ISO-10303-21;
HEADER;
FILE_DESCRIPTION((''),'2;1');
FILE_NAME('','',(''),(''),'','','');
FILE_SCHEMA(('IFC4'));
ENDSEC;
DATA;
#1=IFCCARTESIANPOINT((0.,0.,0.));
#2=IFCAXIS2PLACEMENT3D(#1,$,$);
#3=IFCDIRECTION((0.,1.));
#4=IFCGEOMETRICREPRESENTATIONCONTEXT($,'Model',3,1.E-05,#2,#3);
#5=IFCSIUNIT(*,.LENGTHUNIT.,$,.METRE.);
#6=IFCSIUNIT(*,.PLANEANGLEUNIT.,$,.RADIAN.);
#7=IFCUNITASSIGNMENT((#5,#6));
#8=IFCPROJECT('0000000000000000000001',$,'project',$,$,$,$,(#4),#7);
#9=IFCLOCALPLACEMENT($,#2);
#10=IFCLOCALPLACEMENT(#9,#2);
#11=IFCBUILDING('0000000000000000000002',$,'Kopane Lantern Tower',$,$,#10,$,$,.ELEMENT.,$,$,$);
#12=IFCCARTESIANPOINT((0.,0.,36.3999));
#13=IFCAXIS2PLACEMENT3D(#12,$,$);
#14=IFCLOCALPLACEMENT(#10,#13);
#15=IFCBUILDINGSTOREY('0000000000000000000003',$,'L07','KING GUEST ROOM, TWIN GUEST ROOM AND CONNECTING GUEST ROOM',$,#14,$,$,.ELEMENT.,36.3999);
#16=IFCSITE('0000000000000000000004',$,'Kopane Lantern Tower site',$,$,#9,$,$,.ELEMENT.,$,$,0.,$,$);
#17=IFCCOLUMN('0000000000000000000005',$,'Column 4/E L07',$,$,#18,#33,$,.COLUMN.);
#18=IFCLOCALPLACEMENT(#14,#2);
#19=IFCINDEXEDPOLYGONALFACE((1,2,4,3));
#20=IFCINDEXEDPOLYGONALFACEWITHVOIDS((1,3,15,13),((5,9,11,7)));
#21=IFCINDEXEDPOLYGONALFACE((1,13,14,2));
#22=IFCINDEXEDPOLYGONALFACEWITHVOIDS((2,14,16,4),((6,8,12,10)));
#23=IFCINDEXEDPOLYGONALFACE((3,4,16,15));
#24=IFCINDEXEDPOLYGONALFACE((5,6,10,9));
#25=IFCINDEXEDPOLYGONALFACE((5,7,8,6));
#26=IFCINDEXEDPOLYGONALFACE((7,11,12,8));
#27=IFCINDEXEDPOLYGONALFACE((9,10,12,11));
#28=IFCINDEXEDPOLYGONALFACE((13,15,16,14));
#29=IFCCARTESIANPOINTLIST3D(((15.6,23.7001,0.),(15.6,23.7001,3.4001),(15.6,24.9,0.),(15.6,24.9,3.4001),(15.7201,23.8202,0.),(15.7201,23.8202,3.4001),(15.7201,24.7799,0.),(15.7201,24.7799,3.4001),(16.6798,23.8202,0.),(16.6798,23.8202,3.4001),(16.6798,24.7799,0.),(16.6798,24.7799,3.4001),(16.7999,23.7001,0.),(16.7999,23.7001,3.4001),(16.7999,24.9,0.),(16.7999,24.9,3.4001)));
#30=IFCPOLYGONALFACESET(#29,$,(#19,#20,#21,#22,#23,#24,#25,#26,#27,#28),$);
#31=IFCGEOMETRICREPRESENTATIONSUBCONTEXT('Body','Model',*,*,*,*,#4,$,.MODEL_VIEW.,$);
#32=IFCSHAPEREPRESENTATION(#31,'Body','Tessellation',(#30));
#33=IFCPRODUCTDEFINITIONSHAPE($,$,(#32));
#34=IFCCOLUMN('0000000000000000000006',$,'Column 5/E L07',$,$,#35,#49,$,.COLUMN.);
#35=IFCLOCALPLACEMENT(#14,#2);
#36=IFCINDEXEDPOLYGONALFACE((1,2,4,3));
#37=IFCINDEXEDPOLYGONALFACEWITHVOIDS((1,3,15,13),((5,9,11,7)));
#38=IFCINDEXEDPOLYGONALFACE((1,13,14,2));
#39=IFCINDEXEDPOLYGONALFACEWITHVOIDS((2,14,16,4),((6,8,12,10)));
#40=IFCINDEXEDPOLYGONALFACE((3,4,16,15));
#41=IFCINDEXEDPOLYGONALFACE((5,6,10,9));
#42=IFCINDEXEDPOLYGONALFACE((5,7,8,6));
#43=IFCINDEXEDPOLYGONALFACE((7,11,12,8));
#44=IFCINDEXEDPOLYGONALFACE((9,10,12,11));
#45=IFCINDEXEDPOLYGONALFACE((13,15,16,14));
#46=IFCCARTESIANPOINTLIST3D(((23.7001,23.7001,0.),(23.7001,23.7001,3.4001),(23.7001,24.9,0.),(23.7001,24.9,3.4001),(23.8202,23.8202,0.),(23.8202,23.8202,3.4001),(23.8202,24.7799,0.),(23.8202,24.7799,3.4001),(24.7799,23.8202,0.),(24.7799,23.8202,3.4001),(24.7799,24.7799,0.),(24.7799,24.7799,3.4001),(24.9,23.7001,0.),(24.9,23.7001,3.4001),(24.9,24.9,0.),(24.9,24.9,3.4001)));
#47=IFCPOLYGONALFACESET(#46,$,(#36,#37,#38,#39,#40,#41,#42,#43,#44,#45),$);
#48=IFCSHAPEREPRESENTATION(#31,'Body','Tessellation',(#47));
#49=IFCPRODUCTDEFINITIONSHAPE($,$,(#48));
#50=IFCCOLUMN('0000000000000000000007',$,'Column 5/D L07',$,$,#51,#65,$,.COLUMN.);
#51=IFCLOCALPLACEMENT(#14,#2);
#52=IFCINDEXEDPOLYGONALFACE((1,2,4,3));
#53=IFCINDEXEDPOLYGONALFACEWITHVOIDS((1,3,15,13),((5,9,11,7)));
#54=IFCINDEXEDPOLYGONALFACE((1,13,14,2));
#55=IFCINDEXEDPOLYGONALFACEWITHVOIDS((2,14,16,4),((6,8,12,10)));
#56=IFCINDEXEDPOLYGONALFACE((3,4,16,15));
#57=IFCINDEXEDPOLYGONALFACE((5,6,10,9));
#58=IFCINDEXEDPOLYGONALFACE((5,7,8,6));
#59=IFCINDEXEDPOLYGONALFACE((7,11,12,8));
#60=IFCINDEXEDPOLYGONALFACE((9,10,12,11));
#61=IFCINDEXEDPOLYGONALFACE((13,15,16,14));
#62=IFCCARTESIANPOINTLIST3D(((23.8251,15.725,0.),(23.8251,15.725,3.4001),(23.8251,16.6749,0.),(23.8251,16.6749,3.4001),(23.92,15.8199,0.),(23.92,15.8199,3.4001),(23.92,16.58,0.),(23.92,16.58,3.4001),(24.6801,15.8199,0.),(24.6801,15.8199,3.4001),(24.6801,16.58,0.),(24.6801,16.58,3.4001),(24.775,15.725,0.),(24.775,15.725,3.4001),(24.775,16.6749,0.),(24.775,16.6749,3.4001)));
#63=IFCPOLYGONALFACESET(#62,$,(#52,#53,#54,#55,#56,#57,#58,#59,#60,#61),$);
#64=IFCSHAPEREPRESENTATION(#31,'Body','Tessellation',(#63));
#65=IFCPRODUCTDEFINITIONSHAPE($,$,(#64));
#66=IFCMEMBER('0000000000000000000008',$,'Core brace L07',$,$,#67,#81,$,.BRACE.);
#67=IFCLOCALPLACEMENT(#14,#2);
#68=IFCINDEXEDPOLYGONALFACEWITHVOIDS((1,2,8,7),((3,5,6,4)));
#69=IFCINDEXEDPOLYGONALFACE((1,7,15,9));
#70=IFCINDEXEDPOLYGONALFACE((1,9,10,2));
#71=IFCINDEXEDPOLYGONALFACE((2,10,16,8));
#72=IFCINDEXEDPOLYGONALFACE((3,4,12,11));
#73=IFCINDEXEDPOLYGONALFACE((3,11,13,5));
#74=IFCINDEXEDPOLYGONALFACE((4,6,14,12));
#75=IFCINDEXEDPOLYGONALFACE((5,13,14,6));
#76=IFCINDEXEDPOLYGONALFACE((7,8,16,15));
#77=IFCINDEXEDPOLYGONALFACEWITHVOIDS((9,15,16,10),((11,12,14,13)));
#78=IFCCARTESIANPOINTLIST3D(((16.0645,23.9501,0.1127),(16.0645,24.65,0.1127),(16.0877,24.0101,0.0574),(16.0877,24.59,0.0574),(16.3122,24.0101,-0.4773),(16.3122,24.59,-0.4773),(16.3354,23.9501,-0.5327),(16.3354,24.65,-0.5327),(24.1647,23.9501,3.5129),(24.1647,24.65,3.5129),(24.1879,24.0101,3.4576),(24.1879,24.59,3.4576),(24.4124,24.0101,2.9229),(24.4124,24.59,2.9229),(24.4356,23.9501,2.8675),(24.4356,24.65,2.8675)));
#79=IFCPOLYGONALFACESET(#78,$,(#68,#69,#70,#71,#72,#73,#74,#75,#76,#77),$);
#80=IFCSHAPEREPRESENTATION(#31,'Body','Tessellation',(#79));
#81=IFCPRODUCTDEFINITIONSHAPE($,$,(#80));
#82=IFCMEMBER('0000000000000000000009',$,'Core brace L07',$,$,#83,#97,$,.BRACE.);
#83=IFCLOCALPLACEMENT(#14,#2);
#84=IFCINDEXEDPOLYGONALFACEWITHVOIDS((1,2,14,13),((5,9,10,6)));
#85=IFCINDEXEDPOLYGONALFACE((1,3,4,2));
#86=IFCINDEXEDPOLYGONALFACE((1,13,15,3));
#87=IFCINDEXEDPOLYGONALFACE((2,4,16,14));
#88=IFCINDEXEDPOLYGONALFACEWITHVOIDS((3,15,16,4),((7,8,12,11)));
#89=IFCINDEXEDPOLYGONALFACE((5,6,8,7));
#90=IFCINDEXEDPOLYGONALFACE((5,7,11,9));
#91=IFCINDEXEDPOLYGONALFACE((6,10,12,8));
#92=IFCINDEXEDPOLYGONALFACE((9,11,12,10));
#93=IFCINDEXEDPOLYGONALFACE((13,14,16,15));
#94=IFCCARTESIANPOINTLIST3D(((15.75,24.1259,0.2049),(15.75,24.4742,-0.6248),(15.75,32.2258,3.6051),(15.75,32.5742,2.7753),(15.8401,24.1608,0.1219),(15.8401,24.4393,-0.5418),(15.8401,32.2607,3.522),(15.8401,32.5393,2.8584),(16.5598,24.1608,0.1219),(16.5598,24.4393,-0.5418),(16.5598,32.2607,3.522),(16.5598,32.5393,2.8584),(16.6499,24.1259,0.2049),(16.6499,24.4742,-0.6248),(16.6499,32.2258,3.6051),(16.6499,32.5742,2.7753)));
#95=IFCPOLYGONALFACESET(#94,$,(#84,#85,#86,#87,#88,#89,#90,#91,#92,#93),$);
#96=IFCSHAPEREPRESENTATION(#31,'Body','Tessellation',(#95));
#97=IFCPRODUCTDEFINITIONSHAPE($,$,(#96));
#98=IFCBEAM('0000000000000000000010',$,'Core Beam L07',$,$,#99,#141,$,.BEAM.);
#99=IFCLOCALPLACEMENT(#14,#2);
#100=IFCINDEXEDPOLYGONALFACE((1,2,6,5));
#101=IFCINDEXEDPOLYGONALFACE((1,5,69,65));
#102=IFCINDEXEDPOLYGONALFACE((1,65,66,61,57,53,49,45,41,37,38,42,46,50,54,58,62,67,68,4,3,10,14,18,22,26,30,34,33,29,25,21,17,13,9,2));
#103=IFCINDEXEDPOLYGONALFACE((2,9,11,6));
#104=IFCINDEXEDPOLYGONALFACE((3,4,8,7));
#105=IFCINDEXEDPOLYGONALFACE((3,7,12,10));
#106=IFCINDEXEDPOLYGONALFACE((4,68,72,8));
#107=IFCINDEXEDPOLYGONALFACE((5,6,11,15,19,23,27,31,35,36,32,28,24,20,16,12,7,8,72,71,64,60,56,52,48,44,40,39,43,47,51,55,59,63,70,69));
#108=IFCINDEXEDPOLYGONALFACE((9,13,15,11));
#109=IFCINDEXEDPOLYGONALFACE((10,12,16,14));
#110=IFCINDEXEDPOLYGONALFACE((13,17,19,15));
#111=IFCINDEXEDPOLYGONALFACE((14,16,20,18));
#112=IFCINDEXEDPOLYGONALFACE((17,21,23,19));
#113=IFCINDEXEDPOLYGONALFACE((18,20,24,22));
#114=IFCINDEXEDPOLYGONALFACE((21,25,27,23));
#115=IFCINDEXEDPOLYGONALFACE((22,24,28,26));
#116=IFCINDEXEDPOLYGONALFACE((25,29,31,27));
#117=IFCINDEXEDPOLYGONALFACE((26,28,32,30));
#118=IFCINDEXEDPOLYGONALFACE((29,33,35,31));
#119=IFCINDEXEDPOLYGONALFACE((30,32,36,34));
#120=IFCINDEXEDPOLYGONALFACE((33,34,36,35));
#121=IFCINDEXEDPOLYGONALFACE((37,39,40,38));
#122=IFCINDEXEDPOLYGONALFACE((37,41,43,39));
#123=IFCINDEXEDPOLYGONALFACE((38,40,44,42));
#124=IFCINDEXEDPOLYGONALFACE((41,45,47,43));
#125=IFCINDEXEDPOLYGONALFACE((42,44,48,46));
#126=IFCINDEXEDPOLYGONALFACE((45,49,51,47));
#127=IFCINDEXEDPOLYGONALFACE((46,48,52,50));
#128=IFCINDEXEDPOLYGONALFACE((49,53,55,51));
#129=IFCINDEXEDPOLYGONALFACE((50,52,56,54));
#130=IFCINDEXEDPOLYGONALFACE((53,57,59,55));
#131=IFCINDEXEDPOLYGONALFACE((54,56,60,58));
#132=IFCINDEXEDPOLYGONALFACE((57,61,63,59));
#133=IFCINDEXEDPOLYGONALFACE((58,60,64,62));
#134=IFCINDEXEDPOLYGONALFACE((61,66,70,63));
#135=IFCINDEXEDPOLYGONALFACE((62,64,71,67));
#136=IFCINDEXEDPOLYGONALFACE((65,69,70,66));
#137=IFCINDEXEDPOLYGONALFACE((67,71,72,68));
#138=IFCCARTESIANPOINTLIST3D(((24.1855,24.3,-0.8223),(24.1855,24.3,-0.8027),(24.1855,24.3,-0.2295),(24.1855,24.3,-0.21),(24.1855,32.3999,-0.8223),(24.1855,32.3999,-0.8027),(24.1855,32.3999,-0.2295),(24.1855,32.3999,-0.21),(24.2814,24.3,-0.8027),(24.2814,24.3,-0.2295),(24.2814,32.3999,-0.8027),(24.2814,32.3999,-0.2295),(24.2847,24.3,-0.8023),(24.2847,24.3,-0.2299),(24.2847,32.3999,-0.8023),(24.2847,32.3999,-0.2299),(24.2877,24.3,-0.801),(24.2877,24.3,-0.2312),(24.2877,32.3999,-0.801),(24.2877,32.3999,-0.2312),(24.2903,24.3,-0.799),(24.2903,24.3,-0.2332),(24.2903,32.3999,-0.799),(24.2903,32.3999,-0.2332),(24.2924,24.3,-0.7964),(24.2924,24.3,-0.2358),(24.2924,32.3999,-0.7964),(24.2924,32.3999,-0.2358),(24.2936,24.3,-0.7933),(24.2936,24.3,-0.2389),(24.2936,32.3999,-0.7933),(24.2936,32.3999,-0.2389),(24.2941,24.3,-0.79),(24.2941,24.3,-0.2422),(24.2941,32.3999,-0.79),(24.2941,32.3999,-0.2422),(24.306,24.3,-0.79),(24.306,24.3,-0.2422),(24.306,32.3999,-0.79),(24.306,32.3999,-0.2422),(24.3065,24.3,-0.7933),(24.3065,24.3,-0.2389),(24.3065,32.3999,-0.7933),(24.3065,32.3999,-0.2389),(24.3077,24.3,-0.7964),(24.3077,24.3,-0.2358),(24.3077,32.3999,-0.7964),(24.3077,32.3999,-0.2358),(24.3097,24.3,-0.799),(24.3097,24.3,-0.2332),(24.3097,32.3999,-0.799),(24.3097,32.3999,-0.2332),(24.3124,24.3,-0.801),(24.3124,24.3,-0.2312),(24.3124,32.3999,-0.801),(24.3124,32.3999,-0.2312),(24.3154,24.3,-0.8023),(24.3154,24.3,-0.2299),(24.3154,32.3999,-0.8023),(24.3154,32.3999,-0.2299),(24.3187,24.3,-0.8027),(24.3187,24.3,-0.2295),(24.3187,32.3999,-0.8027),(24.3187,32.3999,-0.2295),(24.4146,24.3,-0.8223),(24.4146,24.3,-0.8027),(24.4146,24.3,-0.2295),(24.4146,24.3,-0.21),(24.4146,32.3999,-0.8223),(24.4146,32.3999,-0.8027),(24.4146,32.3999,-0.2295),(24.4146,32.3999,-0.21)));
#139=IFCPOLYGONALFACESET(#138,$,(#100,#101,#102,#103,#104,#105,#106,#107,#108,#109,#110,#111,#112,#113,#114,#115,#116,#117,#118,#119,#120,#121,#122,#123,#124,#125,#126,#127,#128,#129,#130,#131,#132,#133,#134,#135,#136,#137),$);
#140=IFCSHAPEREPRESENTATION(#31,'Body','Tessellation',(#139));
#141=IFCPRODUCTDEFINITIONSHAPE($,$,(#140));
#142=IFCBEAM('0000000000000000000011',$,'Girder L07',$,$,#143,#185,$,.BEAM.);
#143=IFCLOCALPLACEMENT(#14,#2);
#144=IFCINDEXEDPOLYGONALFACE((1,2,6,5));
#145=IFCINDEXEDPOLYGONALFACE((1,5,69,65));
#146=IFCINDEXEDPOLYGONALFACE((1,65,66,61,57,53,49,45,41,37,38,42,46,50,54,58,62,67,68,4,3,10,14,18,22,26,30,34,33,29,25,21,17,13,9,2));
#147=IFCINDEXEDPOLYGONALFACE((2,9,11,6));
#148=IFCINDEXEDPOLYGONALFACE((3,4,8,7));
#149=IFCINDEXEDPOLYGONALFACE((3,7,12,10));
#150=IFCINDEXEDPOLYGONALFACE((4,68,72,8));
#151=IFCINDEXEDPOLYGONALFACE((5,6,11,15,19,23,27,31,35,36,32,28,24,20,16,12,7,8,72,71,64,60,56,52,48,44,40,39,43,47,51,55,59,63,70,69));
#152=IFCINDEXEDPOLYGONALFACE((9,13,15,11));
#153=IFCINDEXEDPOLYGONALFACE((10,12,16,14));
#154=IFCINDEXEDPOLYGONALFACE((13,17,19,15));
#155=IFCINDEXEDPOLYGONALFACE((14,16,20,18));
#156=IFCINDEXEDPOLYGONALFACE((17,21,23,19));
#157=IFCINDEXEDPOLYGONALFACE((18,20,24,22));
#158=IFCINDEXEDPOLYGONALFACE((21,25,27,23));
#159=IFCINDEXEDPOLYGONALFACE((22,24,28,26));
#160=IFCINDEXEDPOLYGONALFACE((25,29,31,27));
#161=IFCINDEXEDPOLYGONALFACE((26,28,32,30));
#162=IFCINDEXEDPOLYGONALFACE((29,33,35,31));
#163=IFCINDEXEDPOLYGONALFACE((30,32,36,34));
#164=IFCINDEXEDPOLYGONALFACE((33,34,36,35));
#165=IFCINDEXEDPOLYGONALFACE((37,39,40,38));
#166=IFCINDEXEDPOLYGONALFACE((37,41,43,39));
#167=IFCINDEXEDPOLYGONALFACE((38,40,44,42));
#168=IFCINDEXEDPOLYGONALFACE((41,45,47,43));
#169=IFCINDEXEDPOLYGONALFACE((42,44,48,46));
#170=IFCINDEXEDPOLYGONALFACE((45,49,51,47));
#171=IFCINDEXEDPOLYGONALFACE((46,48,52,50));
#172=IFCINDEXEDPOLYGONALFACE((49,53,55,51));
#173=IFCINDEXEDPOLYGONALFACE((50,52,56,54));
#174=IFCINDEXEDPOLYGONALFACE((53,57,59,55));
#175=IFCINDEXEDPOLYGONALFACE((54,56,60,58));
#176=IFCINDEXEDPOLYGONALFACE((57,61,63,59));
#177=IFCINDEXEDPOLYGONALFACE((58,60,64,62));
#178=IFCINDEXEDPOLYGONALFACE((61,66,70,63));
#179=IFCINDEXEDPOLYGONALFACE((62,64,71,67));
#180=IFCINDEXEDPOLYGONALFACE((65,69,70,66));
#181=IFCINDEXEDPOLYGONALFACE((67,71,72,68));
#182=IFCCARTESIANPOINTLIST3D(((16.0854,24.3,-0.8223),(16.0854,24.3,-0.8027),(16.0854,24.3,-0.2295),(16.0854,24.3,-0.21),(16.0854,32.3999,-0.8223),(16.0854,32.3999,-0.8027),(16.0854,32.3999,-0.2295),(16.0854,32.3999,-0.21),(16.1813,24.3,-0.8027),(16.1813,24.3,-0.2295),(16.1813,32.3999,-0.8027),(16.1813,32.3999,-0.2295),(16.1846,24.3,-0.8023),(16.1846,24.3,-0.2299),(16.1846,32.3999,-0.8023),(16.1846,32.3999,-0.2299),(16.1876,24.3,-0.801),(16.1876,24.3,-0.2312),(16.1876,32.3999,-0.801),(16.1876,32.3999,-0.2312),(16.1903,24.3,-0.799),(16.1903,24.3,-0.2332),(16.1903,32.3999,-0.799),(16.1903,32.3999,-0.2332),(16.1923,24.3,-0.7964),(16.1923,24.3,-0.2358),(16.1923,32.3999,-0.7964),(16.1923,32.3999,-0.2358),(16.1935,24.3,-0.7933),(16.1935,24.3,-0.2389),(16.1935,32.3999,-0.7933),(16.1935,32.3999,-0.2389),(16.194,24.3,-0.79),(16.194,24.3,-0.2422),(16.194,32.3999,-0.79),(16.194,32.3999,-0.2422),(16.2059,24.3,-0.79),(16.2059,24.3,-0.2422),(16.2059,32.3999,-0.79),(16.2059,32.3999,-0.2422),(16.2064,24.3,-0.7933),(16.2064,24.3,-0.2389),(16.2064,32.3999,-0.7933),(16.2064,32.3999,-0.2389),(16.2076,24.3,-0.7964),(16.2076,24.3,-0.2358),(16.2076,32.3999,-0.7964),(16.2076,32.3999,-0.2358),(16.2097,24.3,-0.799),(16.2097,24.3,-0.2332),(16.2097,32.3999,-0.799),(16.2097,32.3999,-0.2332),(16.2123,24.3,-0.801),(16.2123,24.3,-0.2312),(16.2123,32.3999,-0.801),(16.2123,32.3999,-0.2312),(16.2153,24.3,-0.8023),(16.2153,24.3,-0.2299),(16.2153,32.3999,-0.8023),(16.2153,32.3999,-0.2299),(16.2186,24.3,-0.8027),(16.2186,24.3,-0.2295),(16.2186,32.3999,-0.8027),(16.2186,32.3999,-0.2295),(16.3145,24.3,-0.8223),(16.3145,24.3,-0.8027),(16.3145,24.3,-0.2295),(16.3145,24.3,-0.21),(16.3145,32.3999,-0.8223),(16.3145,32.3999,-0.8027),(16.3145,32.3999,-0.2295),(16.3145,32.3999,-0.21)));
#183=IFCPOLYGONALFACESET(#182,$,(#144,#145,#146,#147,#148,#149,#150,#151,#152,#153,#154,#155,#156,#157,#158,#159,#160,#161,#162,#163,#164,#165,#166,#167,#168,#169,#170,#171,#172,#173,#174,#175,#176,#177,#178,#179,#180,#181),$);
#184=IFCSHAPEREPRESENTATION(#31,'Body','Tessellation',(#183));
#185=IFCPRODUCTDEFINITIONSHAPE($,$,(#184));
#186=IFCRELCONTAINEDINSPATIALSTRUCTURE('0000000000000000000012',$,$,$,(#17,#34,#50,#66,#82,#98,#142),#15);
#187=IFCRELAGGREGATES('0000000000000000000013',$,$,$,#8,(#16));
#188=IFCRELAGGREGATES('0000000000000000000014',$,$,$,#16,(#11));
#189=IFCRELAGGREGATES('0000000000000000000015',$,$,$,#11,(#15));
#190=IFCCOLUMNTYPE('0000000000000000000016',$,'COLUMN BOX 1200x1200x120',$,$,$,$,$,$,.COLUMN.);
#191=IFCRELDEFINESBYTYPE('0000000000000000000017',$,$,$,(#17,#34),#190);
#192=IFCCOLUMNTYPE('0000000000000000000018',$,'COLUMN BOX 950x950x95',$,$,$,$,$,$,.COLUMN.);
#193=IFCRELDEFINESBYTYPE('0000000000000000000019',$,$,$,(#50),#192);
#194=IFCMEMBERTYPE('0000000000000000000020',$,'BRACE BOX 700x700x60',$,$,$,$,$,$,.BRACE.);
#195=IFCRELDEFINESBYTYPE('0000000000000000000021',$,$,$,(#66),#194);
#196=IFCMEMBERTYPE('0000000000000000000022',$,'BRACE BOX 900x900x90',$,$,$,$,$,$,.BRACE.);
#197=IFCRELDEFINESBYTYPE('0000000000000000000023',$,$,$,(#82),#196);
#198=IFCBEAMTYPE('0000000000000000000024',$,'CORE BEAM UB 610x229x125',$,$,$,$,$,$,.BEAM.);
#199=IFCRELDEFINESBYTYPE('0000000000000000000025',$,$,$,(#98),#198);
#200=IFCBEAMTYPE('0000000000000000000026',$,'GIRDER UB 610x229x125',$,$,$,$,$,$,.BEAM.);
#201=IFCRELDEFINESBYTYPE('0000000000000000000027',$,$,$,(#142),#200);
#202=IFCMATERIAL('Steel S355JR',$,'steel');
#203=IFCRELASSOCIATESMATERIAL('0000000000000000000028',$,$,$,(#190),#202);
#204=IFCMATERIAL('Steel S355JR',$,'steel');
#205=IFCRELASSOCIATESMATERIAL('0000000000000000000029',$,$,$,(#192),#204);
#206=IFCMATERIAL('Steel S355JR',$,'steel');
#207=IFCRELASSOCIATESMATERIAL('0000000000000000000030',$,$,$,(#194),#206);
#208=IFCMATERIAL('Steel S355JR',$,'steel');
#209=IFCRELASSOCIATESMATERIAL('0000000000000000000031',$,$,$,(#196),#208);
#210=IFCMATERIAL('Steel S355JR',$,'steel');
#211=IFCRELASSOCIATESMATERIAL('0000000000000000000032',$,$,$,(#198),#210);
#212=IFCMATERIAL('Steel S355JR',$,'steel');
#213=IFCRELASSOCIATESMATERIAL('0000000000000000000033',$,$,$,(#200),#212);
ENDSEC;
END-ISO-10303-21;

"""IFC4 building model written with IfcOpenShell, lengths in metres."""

from ifc_helpers import new_model, si_unit, direction, frame, origin, origin_2d, place, context, subcontext, project, spatial, hollow_rectangle, i_section, extrude, material, material_profile, profile_set, type_object, element, save


model = new_model("IFC4")

# Units and contexts
model_context = context("Model", 3, precision=1e-05, world=origin(), true_north=direction((0.0, 1.0)))
body_context = subcontext(model_context, "Body", "Model", "MODEL_VIEW")
ifc_project = project(units=[si_unit("LENGTHUNIT", "METRE"), si_unit("PLANEANGLEUNIT", "RADIAN")], contexts=[model_context])

# Site, building, storey
site_placement = place(None, origin())
site = spatial("IfcSite", under=ifc_project, at=site_placement, Name="Kopane Lantern Tower site", CompositionType="ELEMENT", RefElevation=0.0)
building_placement = place(site_placement, origin())
building = spatial("IfcBuilding", under=site, at=building_placement, Name="Kopane Lantern Tower", CompositionType="ELEMENT")
storey_placement = place(building_placement, frame((0.0, 0.0, 36.3999)))
storey = spatial("IfcBuildingStorey", under=building, at=storey_placement, Name="L07", Description="KING GUEST ROOM, TWIN GUEST ROOM AND CONNECTING GUEST ROOM", CompositionType="ELEMENT", Elevation=36.3999)

# Columns
ifc_material_1 = material(Name="Steel S355JR", Category="steel")
ifc_material_profile_1 = material_profile(ifc_material_1, hollow_rectangle(XDim=1.2, YDim=1.2, WallThickness=0.1201, at=origin_2d()), Name="BOX 1200x1200x120")
ifc_profile_set_1 = profile_set([ifc_material_profile_1], Name="Steel S355JR")
column_type_1 = type_object("IfcColumnType", Name="COLUMN BOX 1200x1200x120", PredefinedType="COLUMN", material=ifc_profile_set_1)
for number, where, z_axis, x_axis, name in (
    (1, (16.2, 24.3, 0.0), (0.0, 0.0, 1.0), (1.0, 0.0, 0.0), "Column 4/E L07"),
    (2, (24.3, 24.3, 0.0), (0.0, 0.0, 1.0), (1.0, 0.0, 0.0), "Column 5/E L07"),
):
    element("IfcColumn", number, at=place(storey_placement, frame(where, z_axis=z_axis, x_axis=x_axis)), inside=storey, type_object=column_type_1, Name=name, PredefinedType="COLUMN", context=body_context, shape_type="SweptSolid", body=[
        extrude(hollow_rectangle(XDim=1.2, YDim=1.2, WallThickness=0.1201, at=origin_2d()), origin(), (0.0, 0.0, 1.0), 3.4001),
    ])
ifc_material_2 = material(Name="Steel S355JR", Category="steel")
ifc_material_profile_2 = material_profile(ifc_material_2, hollow_rectangle(XDim=0.95, YDim=0.95, WallThickness=0.095, at=origin_2d()), Name="BOX 950x950x95")
ifc_profile_set_2 = profile_set([ifc_material_profile_2], Name="Steel S355JR")
column_type_2 = type_object("IfcColumnType", Name="COLUMN BOX 950x950x95", PredefinedType="COLUMN", material=ifc_profile_set_2)
column_placement = place(storey_placement, frame((24.3, 16.2, 0.0), z_axis=(0.0, 0.0, 1.0), x_axis=(1.0, 0.0, 0.0)))
element("IfcColumn", 3, at=column_placement, inside=storey, type_object=column_type_2, Name="Column 5/D L07", PredefinedType="COLUMN", context=body_context, shape_type="SweptSolid", body=[
    extrude(hollow_rectangle(XDim=0.95, YDim=0.95, WallThickness=0.095, at=origin_2d()), origin(), (0.0, 0.0, 1.0), 3.4001),
])

# Members
ifc_material_3 = material(Name="Steel S355JR", Category="steel")
ifc_material_profile_3 = material_profile(ifc_material_3, hollow_rectangle(XDim=0.7, YDim=0.7, WallThickness=0.0601, at=origin_2d()), Name="BOX 700x700x60")
ifc_profile_set_3 = profile_set([ifc_material_profile_3], Name="Steel S355JR")
member_type_1 = type_object("IfcMemberType", Name="BRACE BOX 700x700x60", PredefinedType="BRACE", material=ifc_profile_set_3)
member_1_placement = place(storey_placement, frame((16.2, 24.3, -0.21), z_axis=(0.922059, 0.0, 0.387049), x_axis=(0.0, 1.0, 0.0)))
element("IfcMember", 4, at=member_1_placement, inside=storey, type_object=member_type_1, Name="Core brace L07", PredefinedType="BRACE", context=body_context, shape_type="SweptSolid", body=[
    extrude(hollow_rectangle(XDim=0.7, YDim=0.7, WallThickness=0.0601, at=origin_2d()), origin(), (0.0, 0.0, 1.0), 8.7849),
])
ifc_material_4 = material(Name="Steel S355JR", Category="steel")
ifc_material_profile_4 = material_profile(ifc_material_4, hollow_rectangle(XDim=0.8999, YDim=0.8999, WallThickness=0.0901, at=origin_2d()), Name="BOX 900x900x90")
ifc_profile_set_4 = profile_set([ifc_material_profile_4], Name="Steel S355JR")
member_type_2 = type_object("IfcMemberType", Name="BRACE BOX 900x900x90", PredefinedType="BRACE", material=ifc_profile_set_4)
member_2_placement = place(storey_placement, frame((16.2, 24.3, -0.21), z_axis=(0.0, 0.922055, 0.387059), x_axis=(-1.0, 0.0, 0.0)))
element("IfcMember", 5, at=member_2_placement, inside=storey, type_object=member_type_2, Name="Core brace L07", PredefinedType="BRACE", context=body_context, shape_type="SweptSolid", body=[
    extrude(hollow_rectangle(XDim=0.8999, YDim=0.8999, WallThickness=0.0901, at=origin_2d()), origin(), (0.0, 0.0, 1.0), 8.7847),
])

# Beams
ifc_material_5 = material(Name="Steel S355JR", Category="steel")
ifc_material_profile_5 = material_profile(ifc_material_5, i_section(OverallWidth=0.229, OverallDepth=0.6123, WebThickness=0.012, FlangeThickness=0.0195, FilletRadius=0.0127, at=origin_2d()), Name="UB 610x229x125")
ifc_profile_set_5 = profile_set([ifc_material_profile_5], Name="Steel S355JR")
beam_type_1 = type_object("IfcBeamType", Name="CORE BEAM UB 610x229x125", PredefinedType="BEAM", material=ifc_profile_set_5)
beam_1_placement = place(storey_placement, frame((24.3, 24.3, -0.5161), z_axis=(0.0, 1.0, 0.0), x_axis=(-1.0, 0.0, 0.0)))
element("IfcBeam", 6, at=beam_1_placement, inside=storey, type_object=beam_type_1, Name="Core Beam L07", PredefinedType="BEAM", context=body_context, shape_type="SweptSolid", body=[
    extrude(i_section(OverallWidth=0.229, OverallDepth=0.6123, WebThickness=0.012, FlangeThickness=0.0195, FilletRadius=0.0127, at=origin_2d()), origin(), (0.0, 0.0, 1.0), 8.0999),
])
ifc_material_6 = material(Name="Steel S355JR", Category="steel")
ifc_material_profile_6 = material_profile(ifc_material_6, i_section(OverallWidth=0.229, OverallDepth=0.6123, WebThickness=0.012, FlangeThickness=0.0195, FilletRadius=0.0127, at=origin_2d()), Name="UB 610x229x125")
ifc_profile_set_6 = profile_set([ifc_material_profile_6], Name="Steel S355JR")
beam_type_2 = type_object("IfcBeamType", Name="GIRDER UB 610x229x125", PredefinedType="BEAM", material=ifc_profile_set_6)
beam_2_placement = place(storey_placement, frame((16.2, 24.3, -0.5161), z_axis=(0.0, 1.0, 0.0), x_axis=(-1.0, 0.0, 0.0)))
element("IfcBeam", 7, at=beam_2_placement, inside=storey, type_object=beam_type_2, Name="Girder L07", PredefinedType="BEAM", context=body_context, shape_type="SweptSolid", body=[
    extrude(i_section(OverallWidth=0.229, OverallDepth=0.6123, WebThickness=0.012, FlangeThickness=0.0195, FilletRadius=0.0127, at=origin_2d()), origin(), (0.0, 0.0, 1.0), 8.0999),
])

save(model, "model.ifc")
